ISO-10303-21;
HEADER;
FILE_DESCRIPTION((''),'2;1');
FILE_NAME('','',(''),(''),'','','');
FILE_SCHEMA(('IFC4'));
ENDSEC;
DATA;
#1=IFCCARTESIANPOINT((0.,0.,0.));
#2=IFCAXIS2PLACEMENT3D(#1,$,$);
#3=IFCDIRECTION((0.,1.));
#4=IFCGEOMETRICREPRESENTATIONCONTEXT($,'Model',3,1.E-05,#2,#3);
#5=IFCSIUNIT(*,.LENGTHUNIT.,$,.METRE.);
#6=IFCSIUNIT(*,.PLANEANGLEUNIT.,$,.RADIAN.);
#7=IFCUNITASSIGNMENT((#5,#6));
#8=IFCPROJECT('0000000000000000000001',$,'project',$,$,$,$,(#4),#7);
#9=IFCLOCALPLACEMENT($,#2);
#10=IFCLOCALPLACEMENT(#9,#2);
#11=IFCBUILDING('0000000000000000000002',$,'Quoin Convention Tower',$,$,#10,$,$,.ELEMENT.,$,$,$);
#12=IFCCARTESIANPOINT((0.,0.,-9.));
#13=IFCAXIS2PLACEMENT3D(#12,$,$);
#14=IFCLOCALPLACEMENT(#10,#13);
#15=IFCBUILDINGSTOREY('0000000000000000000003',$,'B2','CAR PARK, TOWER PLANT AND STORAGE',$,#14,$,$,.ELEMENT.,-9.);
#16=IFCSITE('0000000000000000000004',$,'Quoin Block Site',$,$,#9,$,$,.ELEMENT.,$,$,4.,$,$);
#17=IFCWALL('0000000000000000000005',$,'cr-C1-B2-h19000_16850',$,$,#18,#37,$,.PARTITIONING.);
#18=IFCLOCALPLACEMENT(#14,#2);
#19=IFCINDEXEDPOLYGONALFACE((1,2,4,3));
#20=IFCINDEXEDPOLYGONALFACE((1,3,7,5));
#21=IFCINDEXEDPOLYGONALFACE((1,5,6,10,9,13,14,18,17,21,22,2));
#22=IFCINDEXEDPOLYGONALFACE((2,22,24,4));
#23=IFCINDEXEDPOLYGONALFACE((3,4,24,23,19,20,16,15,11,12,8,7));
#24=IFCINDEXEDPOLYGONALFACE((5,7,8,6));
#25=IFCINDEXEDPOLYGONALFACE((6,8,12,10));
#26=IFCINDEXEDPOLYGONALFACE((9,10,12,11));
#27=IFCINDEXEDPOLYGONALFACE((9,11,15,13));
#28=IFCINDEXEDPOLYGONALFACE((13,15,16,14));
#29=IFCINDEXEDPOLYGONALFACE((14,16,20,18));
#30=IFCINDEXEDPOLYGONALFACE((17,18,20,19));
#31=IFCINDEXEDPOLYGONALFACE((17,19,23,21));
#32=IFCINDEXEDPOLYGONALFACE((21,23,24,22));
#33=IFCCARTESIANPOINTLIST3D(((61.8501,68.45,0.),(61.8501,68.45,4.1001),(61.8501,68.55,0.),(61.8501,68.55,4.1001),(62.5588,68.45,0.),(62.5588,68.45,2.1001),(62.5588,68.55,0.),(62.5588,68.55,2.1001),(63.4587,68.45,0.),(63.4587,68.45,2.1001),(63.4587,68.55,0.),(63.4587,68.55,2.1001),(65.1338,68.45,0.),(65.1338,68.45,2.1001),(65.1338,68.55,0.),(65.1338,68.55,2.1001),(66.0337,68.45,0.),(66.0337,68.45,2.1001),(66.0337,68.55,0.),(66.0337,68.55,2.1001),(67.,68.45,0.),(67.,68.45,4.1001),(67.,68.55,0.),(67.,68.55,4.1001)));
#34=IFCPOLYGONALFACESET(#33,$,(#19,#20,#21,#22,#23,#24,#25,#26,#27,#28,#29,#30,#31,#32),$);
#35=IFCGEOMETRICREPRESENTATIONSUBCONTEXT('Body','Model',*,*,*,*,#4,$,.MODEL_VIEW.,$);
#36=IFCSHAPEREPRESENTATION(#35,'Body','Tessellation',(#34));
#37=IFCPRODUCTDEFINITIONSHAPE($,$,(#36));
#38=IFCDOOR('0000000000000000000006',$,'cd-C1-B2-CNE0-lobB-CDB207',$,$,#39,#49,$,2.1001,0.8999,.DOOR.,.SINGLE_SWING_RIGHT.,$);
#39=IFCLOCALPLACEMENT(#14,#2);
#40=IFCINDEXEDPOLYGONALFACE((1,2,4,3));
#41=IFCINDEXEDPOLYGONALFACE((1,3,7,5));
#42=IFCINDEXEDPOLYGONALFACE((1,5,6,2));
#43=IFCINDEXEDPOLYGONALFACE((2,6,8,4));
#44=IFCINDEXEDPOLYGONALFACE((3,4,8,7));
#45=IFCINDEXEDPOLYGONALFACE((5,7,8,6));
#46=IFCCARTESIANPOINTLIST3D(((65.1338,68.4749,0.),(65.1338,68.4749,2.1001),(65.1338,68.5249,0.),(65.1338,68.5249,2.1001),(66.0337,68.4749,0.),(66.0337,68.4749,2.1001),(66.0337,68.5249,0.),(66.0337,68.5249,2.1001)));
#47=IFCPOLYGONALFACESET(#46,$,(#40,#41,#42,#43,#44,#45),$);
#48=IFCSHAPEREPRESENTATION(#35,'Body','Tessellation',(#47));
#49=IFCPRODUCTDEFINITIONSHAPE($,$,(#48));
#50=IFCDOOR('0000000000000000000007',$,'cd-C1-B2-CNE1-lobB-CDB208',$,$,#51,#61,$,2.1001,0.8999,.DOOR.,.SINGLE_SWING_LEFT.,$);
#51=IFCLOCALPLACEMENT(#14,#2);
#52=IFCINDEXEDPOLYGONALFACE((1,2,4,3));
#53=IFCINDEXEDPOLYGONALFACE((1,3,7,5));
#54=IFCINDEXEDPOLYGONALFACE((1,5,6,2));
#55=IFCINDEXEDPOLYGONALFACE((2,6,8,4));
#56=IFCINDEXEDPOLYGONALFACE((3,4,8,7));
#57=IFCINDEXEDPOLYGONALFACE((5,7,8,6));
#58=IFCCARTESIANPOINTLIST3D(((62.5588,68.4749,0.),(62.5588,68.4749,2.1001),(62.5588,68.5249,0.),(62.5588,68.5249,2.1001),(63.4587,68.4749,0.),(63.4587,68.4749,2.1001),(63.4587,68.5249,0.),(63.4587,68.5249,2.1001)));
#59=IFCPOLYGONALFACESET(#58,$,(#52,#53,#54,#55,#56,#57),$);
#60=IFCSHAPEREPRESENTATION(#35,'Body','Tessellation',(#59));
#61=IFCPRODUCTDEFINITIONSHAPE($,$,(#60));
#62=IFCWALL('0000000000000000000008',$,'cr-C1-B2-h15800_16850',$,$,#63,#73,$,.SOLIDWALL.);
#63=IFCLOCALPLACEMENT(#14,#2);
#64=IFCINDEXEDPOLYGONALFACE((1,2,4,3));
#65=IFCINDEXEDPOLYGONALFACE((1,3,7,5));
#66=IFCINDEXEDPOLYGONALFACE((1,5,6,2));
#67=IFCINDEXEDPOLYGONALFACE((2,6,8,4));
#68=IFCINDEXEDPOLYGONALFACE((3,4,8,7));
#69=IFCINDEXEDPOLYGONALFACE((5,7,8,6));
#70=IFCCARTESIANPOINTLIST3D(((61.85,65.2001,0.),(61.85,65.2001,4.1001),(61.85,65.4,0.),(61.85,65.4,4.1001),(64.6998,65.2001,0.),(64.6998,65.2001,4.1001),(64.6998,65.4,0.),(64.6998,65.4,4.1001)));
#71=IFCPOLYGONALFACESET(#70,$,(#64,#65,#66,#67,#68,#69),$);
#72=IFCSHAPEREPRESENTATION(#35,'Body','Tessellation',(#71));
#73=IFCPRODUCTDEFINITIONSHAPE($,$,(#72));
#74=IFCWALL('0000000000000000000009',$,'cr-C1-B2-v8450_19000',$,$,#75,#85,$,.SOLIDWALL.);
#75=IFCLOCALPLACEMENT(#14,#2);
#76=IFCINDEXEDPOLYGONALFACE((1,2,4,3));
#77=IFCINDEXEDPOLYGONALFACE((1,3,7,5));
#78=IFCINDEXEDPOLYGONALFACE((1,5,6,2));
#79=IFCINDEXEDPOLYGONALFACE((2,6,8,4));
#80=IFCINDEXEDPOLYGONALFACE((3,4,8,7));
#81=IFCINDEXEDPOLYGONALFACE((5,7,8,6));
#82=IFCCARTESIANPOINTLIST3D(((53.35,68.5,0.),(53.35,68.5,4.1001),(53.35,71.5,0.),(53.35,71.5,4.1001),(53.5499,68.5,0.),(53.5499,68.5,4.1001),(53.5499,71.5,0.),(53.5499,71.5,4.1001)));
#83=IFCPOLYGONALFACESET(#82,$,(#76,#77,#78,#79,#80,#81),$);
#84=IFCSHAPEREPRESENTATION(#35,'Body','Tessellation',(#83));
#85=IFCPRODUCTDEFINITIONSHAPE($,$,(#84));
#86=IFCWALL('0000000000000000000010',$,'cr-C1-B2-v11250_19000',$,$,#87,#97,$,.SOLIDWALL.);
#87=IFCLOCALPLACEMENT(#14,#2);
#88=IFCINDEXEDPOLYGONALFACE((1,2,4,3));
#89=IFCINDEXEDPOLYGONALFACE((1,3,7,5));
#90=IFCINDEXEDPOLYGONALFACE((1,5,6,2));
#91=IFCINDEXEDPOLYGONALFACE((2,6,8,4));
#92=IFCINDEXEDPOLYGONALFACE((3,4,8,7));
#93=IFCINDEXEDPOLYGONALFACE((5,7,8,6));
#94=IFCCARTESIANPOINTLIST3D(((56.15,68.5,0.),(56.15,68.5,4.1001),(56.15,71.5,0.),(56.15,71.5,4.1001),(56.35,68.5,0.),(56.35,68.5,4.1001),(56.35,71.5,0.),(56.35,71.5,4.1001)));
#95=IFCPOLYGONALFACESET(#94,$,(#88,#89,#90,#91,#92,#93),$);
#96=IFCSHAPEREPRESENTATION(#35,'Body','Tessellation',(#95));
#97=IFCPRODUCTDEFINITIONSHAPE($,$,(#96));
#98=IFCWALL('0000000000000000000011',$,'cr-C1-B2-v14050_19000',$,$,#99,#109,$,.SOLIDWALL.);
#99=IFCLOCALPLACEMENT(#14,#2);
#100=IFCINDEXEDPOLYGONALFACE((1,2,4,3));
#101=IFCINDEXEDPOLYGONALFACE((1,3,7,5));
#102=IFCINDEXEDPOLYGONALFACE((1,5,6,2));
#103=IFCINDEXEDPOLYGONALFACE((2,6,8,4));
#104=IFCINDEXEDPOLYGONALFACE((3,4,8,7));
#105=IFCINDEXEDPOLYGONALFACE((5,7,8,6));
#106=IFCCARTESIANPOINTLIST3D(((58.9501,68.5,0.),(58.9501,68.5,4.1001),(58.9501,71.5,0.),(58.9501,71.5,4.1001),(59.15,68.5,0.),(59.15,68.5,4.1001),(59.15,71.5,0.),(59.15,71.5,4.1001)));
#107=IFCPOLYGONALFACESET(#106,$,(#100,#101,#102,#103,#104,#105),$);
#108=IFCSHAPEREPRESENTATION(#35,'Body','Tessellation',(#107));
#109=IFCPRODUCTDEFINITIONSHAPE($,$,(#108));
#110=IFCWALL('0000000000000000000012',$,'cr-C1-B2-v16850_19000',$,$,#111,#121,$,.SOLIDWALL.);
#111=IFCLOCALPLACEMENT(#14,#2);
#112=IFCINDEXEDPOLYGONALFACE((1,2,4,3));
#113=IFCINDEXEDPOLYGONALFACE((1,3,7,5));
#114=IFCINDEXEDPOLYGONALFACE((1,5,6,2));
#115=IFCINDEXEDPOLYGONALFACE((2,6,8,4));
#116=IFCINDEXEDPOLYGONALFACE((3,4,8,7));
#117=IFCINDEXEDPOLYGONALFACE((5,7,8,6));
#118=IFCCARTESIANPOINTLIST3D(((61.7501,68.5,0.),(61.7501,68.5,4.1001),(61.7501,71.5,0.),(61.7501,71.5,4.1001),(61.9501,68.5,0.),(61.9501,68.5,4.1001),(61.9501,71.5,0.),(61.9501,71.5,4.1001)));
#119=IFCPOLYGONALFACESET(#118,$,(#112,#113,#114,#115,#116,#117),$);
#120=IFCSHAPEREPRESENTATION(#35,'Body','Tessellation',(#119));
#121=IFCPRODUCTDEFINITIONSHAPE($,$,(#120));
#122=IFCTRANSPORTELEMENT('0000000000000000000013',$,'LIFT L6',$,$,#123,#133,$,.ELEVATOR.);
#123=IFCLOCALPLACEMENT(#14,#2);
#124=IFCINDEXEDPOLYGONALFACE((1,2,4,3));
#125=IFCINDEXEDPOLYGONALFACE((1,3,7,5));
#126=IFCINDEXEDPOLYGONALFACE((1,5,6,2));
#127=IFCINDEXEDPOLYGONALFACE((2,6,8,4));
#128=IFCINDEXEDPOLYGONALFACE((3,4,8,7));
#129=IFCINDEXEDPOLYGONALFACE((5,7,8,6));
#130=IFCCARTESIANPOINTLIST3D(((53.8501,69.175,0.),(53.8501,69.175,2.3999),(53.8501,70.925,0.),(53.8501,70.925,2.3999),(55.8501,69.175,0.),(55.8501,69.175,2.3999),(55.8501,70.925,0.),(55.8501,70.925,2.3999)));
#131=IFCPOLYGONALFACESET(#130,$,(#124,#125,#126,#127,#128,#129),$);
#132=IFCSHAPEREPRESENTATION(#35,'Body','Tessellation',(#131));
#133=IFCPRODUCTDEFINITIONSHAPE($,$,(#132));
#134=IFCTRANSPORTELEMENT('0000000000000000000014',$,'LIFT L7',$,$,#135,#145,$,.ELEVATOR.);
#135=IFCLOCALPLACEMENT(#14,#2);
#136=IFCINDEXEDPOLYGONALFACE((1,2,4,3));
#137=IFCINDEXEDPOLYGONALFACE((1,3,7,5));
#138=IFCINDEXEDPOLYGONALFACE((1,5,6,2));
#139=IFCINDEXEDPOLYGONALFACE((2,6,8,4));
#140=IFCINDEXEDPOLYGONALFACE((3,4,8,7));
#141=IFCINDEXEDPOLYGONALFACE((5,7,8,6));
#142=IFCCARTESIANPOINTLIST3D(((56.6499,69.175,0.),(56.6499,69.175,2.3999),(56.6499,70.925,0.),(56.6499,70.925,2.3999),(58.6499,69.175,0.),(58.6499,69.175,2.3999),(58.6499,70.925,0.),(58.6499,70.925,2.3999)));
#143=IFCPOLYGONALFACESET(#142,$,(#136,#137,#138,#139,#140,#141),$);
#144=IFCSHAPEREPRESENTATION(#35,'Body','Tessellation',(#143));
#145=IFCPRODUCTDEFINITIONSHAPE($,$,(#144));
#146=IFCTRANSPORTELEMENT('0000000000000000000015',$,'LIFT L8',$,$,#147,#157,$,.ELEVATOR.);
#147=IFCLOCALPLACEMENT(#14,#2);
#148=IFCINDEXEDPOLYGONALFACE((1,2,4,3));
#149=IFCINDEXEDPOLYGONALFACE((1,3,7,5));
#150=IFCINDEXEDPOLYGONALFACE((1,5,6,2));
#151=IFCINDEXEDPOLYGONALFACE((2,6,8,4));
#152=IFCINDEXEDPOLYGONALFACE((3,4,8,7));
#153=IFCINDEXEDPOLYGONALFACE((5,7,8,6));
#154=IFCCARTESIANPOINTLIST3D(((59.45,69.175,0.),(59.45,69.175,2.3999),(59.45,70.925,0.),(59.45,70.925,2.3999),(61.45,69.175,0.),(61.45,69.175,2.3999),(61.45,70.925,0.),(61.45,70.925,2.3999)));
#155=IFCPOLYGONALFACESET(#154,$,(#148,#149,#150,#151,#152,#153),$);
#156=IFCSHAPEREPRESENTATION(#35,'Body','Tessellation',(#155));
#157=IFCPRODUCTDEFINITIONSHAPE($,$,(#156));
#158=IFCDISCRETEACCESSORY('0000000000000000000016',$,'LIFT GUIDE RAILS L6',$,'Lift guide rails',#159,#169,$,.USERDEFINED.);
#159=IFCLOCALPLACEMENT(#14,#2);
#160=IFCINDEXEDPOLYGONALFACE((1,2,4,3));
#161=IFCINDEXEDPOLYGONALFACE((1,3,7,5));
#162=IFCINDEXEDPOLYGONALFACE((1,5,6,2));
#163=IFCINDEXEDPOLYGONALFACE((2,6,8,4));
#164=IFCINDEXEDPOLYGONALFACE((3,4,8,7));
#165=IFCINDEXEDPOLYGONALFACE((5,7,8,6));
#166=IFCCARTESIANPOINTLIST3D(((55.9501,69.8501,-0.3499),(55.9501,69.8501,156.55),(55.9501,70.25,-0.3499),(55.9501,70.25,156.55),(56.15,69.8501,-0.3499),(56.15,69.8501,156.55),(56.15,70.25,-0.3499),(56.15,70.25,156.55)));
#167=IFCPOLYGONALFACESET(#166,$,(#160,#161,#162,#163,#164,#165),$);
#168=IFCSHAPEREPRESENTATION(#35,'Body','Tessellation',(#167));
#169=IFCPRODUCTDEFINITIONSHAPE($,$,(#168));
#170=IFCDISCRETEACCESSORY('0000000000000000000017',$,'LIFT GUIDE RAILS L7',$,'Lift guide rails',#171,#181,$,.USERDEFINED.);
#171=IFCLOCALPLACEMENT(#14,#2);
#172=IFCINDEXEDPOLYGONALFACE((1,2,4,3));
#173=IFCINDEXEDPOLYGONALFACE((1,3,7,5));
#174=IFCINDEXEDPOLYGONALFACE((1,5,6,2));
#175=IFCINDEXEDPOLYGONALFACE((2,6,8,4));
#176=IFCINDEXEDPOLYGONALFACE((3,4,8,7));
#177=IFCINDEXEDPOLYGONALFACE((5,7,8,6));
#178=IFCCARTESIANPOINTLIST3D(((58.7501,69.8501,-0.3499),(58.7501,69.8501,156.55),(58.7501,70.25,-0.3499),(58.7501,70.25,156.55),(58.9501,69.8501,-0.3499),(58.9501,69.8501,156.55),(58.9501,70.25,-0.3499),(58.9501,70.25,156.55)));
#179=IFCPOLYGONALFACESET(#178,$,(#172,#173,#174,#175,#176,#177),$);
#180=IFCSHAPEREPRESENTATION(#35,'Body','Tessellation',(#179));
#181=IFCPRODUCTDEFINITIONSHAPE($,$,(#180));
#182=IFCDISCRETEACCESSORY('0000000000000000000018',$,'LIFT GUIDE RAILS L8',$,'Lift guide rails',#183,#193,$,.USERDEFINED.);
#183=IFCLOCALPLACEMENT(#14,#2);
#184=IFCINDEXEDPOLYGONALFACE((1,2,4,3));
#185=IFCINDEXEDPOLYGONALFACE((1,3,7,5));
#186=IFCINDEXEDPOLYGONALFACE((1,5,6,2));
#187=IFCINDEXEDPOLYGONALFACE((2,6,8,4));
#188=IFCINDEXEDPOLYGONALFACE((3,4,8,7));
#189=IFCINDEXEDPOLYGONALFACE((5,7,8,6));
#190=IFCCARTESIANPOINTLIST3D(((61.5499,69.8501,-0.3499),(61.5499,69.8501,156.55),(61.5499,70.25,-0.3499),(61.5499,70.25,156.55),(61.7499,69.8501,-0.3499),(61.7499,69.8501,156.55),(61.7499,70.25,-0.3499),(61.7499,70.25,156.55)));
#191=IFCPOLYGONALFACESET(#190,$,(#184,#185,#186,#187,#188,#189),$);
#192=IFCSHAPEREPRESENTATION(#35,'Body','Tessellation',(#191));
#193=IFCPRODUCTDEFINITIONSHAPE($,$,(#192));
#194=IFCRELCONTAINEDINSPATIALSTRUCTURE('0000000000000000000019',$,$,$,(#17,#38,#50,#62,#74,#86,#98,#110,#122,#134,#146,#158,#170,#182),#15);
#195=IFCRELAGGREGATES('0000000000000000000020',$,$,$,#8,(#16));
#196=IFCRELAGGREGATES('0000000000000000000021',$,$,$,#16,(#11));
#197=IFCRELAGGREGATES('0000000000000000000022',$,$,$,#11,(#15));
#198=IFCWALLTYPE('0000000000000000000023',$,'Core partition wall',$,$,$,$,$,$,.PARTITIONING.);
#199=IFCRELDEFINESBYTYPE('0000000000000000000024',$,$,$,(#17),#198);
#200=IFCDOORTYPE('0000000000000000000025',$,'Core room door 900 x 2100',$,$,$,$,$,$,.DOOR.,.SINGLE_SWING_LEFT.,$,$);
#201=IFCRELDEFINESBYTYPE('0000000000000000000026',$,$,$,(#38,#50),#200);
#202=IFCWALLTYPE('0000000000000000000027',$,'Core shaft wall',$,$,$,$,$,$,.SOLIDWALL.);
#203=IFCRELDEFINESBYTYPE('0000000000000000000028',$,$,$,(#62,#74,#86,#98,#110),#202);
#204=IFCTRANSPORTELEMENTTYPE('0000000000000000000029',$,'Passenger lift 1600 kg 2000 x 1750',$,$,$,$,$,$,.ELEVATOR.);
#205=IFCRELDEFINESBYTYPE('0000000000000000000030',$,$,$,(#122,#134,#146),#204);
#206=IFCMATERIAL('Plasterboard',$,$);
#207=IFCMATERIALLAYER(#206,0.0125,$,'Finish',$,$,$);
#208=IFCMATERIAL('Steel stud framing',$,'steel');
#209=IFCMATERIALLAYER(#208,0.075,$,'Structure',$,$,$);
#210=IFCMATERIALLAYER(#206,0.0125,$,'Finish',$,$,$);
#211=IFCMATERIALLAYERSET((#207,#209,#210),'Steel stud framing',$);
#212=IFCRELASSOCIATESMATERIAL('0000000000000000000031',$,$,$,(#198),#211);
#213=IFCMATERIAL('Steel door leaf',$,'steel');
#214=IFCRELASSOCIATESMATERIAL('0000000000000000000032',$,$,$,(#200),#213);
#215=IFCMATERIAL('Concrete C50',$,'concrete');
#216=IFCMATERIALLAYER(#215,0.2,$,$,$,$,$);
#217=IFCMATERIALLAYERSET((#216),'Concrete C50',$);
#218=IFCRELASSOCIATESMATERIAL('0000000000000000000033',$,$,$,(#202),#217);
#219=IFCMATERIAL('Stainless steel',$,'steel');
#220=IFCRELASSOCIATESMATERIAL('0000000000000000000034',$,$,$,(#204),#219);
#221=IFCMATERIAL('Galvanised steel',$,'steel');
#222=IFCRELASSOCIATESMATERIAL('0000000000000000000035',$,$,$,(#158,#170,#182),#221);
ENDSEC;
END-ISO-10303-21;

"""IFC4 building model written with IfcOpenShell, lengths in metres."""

from ifc_helpers import new_model, si_unit, direction, frame, frame_2d, origin, origin_2d, place, context, subcontext, project, spatial, rectangle, extrude, material, layer, layer_set, type_object, element, fill, save


model = new_model("IFC4")

# Units and contexts
model_context = context("Model", 3, precision=1e-05, world=origin(), true_north=direction((0.0, 1.0)))
body_context = subcontext(model_context, "Body", "Model", "MODEL_VIEW")
ifc_project = project(units=[si_unit("LENGTHUNIT", "METRE"), si_unit("PLANEANGLEUNIT", "RADIAN")], contexts=[model_context])

# Site, building, storey
site_placement = place(None, origin())
site = spatial("IfcSite", under=ifc_project, at=site_placement, Name="Quoin Block Site", CompositionType="ELEMENT", RefElevation=4.0)
building_placement = place(site_placement, origin())
building = spatial("IfcBuilding", under=site, at=building_placement, Name="Quoin Convention Tower", CompositionType="ELEMENT")
storey_placement = place(building_placement, frame((0.0, 0.0, -9.0)))
storey = spatial("IfcBuildingStorey", under=building, at=storey_placement, Name="B2", Description="CAR PARK, TOWER PLANT AND STORAGE", CompositionType="ELEMENT", Elevation=-9.0)

# Wall, openings, doors
ifc_material_1 = material(Name="Plasterboard")
ifc_layer_1 = layer(ifc_material_1, 0.0125, Name="Finish")
ifc_material_2 = material(Name="Steel stud framing", Category="steel")
ifc_layer_2 = layer(ifc_material_2, 0.075, Name="Structure")
ifc_layer_3 = layer(ifc_material_1, 0.0125, Name="Finish")
ifc_layer_set_1 = layer_set([ifc_layer_1, ifc_layer_2, ifc_layer_3], Name="Steel stud framing")
wall_type_1 = type_object("IfcWallType", Name="Core partition wall", PredefinedType="PARTITIONING", material=ifc_layer_set_1)
wall_1_placement = place(storey_placement, frame((61.8501, 68.5, 0.0), z_axis=(0.0, 0.0, 1.0), x_axis=(1.0, 0.0, 0.0)))
wall_1 = element("IfcWall", 1, at=wall_1_placement, inside=storey, type_object=wall_type_1, Name="cr-C1-B2-h19000_16850", PredefinedType="PARTITIONING", context=body_context, shape_type="SweptSolid", body=[
    extrude(rectangle(XDim=5.1499, YDim=0.1001, at=frame_2d((2.575, 0.0))), origin(), (0.0, 0.0, 1.0), 4.1001),
])
opening_1_placement = place(wall_1_placement, frame((3.2837, 0.0, 0.0)))
opening_1 = element("IfcOpeningElement", 2, at=opening_1_placement, cuts=wall_1, PredefinedType="OPENING", context=body_context, shape_type="SweptSolid", body=[
    extrude(rectangle(XDim=0.8999, YDim=2.1001, at=frame_2d((0.45, 1.05))), frame((0.0, 0.0601, 0.0), z_axis=(0.0, -1.0, 0.0), x_axis=(1.0, 0.0, 0.0)), (0.0, 0.0, 1.0), 0.1201),
])
opening_2_placement = place(wall_1_placement, frame((0.7087, 0.0, 0.0)))
opening_2 = element("IfcOpeningElement", 3, at=opening_2_placement, cuts=wall_1, PredefinedType="OPENING", context=body_context, shape_type="SweptSolid", body=[
    extrude(rectangle(XDim=0.8999, YDim=2.1001, at=frame_2d((0.45, 1.05))), frame((0.0, 0.0601, 0.0), z_axis=(0.0, -1.0, 0.0), x_axis=(1.0, 0.0, 0.0)), (0.0, 0.0, 1.0), 0.1201),
])
ifc_material_3 = material(Name="Steel door leaf", Category="steel")
door_type = type_object("IfcDoorType", Name="Core room door 900 x 2100", OperationType="SINGLE_SWING_LEFT", PredefinedType="DOOR", material=ifc_material_3)
door_1_placement = place(opening_1_placement, origin())
door_1 = element("IfcDoor", 4, at=door_1_placement, inside=storey, type_object=door_type, Name="cd-C1-B2-CNE0-lobB-CDB207", OperationType="SINGLE_SWING_RIGHT", OverallHeight=2.1001, OverallWidth=0.8999, PredefinedType="DOOR", context=body_context, shape_type="SweptSolid", body=[
    extrude(rectangle(XDim=0.8999, YDim=2.1001, at=frame_2d((0.45, 1.05))), frame((0.0, 0.0249, 0.0), z_axis=(0.0, -1.0, 0.0), x_axis=(1.0, 0.0, 0.0)), (0.0, 0.0, 1.0), 0.05),
])
fill(opening_1, door_1)
door_2_placement = place(opening_2_placement, origin())
door_2 = element("IfcDoor", 5, at=door_2_placement, inside=storey, type_object=door_type, Name="cd-C1-B2-CNE1-lobB-CDB208", OperationType="SINGLE_SWING_LEFT", OverallHeight=2.1001, OverallWidth=0.8999, PredefinedType="DOOR", context=body_context, shape_type="SweptSolid", body=[
    extrude(rectangle(XDim=0.8999, YDim=2.1001, at=frame_2d((0.45, 1.05))), frame((0.0, 0.0249, 0.0), z_axis=(0.0, -1.0, 0.0), x_axis=(1.0, 0.0, 0.0)), (0.0, 0.0, 1.0), 0.05),
])
fill(opening_2, door_2)

# Walls
ifc_material_4 = material(Name="Concrete C50", Category="concrete")
ifc_layer_4 = layer(ifc_material_4, 0.2)
ifc_layer_set_2 = layer_set([ifc_layer_4], Name="Concrete C50")
wall_type_2 = type_object("IfcWallType", Name="Core shaft wall", PredefinedType="SOLIDWALL", material=ifc_layer_set_2)
wall_2_placement = place(storey_placement, frame((61.8501, 65.3, 0.0), z_axis=(0.0, 0.0, 1.0), x_axis=(1.0, 0.0, 0.0)))
element("IfcWall", 6, at=wall_2_placement, inside=storey, type_object=wall_type_2, Name="cr-C1-B2-h15800_16850", PredefinedType="SOLIDWALL", context=body_context, shape_type="SweptSolid", body=[
    extrude(rectangle(XDim=2.8499, YDim=0.2, at=frame_2d((1.4248, 0.0))), origin(), (0.0, 0.0, 1.0), 4.1001),
])
for number, where, z_axis, x_axis, name in (
    (7, (53.45, 68.5, 0.0), (0.0, 0.0, 1.0), (0.0, 1.0, 0.0), "cr-C1-B2-v8450_19000"),
    (8, (56.25, 68.5, 0.0), (0.0, 0.0, 1.0), (0.0, 1.0, 0.0), "cr-C1-B2-v11250_19000"),
    (9, (59.05, 68.5, 0.0), (0.0, 0.0, 1.0), (0.0, 1.0, 0.0), "cr-C1-B2-v14050_19000"),
    (10, (61.8501, 68.5, 0.0), (0.0, 0.0, 1.0), (0.0, 1.0, 0.0), "cr-C1-B2-v16850_19000"),
):
    element("IfcWall", number, at=place(storey_placement, frame(where, z_axis=z_axis, x_axis=x_axis)), inside=storey, type_object=wall_type_2, Name=name, PredefinedType="SOLIDWALL", context=body_context, shape_type="SweptSolid", body=[
        extrude(rectangle(XDim=3.0, YDim=0.2, at=frame_2d((1.5, 0.0))), origin(), (0.0, 0.0, 1.0), 4.1001),
    ])

# Transport elements
ifc_material_5 = material(Name="Stainless steel", Category="steel")
transport_element_type = type_object("IfcTransportElementType", Name="Passenger lift 1600 kg 2000 x 1750", PredefinedType="ELEVATOR", material=ifc_material_5)
for number, where, z_axis, x_axis, name in (
    (11, (54.8501, 70.05, 0.0), (0.0, 0.0, 1.0), (1.0, 0.0, 0.0), "LIFT L6"),
    (12, (57.6499, 70.05, 0.0), (0.0, 0.0, 1.0), (1.0, 0.0, 0.0), "LIFT L7"),
    (13, (60.45, 70.05, 0.0), (0.0, 0.0, 1.0), (1.0, 0.0, 0.0), "LIFT L8"),
):
    element("IfcTransportElement", number, at=place(storey_placement, frame(where, z_axis=z_axis, x_axis=x_axis)), inside=storey, type_object=transport_element_type, Name=name, PredefinedType="ELEVATOR", context=body_context, shape_type="SweptSolid", body=[
        extrude(rectangle(XDim=2.0, YDim=1.75, at=origin_2d()), origin(), (0.0, 0.0, 1.0), 2.3999),
    ])

# Discrete accessories
ifc_material_6 = material(Name="Galvanised steel", Category="steel")
for number, where, z_axis, x_axis, name in (
    (14, (56.05, 70.05, -0.3499), (0.0, 0.0, 1.0), (1.0, 0.0, 0.0), "LIFT GUIDE RAILS L6"),
    (15, (58.8501, 70.05, -0.3499), (0.0, 0.0, 1.0), (1.0, 0.0, 0.0), "LIFT GUIDE RAILS L7"),
    (16, (61.6499, 70.05, -0.3499), (0.0, 0.0, 1.0), (1.0, 0.0, 0.0), "LIFT GUIDE RAILS L8"),
):
    element("IfcDiscreteAccessory", number, at=place(storey_placement, frame(where, z_axis=z_axis, x_axis=x_axis)), inside=storey, material=ifc_material_6, Name=name, ObjectType="Lift guide rails", PredefinedType="USERDEFINED", context=body_context, shape_type="SweptSolid", body=[
        extrude(rectangle(XDim=0.2, YDim=0.3999, at=origin_2d()), origin(), (0.0, 0.0, 1.0), 156.8999),
    ])

save(model, "model.ifc")
